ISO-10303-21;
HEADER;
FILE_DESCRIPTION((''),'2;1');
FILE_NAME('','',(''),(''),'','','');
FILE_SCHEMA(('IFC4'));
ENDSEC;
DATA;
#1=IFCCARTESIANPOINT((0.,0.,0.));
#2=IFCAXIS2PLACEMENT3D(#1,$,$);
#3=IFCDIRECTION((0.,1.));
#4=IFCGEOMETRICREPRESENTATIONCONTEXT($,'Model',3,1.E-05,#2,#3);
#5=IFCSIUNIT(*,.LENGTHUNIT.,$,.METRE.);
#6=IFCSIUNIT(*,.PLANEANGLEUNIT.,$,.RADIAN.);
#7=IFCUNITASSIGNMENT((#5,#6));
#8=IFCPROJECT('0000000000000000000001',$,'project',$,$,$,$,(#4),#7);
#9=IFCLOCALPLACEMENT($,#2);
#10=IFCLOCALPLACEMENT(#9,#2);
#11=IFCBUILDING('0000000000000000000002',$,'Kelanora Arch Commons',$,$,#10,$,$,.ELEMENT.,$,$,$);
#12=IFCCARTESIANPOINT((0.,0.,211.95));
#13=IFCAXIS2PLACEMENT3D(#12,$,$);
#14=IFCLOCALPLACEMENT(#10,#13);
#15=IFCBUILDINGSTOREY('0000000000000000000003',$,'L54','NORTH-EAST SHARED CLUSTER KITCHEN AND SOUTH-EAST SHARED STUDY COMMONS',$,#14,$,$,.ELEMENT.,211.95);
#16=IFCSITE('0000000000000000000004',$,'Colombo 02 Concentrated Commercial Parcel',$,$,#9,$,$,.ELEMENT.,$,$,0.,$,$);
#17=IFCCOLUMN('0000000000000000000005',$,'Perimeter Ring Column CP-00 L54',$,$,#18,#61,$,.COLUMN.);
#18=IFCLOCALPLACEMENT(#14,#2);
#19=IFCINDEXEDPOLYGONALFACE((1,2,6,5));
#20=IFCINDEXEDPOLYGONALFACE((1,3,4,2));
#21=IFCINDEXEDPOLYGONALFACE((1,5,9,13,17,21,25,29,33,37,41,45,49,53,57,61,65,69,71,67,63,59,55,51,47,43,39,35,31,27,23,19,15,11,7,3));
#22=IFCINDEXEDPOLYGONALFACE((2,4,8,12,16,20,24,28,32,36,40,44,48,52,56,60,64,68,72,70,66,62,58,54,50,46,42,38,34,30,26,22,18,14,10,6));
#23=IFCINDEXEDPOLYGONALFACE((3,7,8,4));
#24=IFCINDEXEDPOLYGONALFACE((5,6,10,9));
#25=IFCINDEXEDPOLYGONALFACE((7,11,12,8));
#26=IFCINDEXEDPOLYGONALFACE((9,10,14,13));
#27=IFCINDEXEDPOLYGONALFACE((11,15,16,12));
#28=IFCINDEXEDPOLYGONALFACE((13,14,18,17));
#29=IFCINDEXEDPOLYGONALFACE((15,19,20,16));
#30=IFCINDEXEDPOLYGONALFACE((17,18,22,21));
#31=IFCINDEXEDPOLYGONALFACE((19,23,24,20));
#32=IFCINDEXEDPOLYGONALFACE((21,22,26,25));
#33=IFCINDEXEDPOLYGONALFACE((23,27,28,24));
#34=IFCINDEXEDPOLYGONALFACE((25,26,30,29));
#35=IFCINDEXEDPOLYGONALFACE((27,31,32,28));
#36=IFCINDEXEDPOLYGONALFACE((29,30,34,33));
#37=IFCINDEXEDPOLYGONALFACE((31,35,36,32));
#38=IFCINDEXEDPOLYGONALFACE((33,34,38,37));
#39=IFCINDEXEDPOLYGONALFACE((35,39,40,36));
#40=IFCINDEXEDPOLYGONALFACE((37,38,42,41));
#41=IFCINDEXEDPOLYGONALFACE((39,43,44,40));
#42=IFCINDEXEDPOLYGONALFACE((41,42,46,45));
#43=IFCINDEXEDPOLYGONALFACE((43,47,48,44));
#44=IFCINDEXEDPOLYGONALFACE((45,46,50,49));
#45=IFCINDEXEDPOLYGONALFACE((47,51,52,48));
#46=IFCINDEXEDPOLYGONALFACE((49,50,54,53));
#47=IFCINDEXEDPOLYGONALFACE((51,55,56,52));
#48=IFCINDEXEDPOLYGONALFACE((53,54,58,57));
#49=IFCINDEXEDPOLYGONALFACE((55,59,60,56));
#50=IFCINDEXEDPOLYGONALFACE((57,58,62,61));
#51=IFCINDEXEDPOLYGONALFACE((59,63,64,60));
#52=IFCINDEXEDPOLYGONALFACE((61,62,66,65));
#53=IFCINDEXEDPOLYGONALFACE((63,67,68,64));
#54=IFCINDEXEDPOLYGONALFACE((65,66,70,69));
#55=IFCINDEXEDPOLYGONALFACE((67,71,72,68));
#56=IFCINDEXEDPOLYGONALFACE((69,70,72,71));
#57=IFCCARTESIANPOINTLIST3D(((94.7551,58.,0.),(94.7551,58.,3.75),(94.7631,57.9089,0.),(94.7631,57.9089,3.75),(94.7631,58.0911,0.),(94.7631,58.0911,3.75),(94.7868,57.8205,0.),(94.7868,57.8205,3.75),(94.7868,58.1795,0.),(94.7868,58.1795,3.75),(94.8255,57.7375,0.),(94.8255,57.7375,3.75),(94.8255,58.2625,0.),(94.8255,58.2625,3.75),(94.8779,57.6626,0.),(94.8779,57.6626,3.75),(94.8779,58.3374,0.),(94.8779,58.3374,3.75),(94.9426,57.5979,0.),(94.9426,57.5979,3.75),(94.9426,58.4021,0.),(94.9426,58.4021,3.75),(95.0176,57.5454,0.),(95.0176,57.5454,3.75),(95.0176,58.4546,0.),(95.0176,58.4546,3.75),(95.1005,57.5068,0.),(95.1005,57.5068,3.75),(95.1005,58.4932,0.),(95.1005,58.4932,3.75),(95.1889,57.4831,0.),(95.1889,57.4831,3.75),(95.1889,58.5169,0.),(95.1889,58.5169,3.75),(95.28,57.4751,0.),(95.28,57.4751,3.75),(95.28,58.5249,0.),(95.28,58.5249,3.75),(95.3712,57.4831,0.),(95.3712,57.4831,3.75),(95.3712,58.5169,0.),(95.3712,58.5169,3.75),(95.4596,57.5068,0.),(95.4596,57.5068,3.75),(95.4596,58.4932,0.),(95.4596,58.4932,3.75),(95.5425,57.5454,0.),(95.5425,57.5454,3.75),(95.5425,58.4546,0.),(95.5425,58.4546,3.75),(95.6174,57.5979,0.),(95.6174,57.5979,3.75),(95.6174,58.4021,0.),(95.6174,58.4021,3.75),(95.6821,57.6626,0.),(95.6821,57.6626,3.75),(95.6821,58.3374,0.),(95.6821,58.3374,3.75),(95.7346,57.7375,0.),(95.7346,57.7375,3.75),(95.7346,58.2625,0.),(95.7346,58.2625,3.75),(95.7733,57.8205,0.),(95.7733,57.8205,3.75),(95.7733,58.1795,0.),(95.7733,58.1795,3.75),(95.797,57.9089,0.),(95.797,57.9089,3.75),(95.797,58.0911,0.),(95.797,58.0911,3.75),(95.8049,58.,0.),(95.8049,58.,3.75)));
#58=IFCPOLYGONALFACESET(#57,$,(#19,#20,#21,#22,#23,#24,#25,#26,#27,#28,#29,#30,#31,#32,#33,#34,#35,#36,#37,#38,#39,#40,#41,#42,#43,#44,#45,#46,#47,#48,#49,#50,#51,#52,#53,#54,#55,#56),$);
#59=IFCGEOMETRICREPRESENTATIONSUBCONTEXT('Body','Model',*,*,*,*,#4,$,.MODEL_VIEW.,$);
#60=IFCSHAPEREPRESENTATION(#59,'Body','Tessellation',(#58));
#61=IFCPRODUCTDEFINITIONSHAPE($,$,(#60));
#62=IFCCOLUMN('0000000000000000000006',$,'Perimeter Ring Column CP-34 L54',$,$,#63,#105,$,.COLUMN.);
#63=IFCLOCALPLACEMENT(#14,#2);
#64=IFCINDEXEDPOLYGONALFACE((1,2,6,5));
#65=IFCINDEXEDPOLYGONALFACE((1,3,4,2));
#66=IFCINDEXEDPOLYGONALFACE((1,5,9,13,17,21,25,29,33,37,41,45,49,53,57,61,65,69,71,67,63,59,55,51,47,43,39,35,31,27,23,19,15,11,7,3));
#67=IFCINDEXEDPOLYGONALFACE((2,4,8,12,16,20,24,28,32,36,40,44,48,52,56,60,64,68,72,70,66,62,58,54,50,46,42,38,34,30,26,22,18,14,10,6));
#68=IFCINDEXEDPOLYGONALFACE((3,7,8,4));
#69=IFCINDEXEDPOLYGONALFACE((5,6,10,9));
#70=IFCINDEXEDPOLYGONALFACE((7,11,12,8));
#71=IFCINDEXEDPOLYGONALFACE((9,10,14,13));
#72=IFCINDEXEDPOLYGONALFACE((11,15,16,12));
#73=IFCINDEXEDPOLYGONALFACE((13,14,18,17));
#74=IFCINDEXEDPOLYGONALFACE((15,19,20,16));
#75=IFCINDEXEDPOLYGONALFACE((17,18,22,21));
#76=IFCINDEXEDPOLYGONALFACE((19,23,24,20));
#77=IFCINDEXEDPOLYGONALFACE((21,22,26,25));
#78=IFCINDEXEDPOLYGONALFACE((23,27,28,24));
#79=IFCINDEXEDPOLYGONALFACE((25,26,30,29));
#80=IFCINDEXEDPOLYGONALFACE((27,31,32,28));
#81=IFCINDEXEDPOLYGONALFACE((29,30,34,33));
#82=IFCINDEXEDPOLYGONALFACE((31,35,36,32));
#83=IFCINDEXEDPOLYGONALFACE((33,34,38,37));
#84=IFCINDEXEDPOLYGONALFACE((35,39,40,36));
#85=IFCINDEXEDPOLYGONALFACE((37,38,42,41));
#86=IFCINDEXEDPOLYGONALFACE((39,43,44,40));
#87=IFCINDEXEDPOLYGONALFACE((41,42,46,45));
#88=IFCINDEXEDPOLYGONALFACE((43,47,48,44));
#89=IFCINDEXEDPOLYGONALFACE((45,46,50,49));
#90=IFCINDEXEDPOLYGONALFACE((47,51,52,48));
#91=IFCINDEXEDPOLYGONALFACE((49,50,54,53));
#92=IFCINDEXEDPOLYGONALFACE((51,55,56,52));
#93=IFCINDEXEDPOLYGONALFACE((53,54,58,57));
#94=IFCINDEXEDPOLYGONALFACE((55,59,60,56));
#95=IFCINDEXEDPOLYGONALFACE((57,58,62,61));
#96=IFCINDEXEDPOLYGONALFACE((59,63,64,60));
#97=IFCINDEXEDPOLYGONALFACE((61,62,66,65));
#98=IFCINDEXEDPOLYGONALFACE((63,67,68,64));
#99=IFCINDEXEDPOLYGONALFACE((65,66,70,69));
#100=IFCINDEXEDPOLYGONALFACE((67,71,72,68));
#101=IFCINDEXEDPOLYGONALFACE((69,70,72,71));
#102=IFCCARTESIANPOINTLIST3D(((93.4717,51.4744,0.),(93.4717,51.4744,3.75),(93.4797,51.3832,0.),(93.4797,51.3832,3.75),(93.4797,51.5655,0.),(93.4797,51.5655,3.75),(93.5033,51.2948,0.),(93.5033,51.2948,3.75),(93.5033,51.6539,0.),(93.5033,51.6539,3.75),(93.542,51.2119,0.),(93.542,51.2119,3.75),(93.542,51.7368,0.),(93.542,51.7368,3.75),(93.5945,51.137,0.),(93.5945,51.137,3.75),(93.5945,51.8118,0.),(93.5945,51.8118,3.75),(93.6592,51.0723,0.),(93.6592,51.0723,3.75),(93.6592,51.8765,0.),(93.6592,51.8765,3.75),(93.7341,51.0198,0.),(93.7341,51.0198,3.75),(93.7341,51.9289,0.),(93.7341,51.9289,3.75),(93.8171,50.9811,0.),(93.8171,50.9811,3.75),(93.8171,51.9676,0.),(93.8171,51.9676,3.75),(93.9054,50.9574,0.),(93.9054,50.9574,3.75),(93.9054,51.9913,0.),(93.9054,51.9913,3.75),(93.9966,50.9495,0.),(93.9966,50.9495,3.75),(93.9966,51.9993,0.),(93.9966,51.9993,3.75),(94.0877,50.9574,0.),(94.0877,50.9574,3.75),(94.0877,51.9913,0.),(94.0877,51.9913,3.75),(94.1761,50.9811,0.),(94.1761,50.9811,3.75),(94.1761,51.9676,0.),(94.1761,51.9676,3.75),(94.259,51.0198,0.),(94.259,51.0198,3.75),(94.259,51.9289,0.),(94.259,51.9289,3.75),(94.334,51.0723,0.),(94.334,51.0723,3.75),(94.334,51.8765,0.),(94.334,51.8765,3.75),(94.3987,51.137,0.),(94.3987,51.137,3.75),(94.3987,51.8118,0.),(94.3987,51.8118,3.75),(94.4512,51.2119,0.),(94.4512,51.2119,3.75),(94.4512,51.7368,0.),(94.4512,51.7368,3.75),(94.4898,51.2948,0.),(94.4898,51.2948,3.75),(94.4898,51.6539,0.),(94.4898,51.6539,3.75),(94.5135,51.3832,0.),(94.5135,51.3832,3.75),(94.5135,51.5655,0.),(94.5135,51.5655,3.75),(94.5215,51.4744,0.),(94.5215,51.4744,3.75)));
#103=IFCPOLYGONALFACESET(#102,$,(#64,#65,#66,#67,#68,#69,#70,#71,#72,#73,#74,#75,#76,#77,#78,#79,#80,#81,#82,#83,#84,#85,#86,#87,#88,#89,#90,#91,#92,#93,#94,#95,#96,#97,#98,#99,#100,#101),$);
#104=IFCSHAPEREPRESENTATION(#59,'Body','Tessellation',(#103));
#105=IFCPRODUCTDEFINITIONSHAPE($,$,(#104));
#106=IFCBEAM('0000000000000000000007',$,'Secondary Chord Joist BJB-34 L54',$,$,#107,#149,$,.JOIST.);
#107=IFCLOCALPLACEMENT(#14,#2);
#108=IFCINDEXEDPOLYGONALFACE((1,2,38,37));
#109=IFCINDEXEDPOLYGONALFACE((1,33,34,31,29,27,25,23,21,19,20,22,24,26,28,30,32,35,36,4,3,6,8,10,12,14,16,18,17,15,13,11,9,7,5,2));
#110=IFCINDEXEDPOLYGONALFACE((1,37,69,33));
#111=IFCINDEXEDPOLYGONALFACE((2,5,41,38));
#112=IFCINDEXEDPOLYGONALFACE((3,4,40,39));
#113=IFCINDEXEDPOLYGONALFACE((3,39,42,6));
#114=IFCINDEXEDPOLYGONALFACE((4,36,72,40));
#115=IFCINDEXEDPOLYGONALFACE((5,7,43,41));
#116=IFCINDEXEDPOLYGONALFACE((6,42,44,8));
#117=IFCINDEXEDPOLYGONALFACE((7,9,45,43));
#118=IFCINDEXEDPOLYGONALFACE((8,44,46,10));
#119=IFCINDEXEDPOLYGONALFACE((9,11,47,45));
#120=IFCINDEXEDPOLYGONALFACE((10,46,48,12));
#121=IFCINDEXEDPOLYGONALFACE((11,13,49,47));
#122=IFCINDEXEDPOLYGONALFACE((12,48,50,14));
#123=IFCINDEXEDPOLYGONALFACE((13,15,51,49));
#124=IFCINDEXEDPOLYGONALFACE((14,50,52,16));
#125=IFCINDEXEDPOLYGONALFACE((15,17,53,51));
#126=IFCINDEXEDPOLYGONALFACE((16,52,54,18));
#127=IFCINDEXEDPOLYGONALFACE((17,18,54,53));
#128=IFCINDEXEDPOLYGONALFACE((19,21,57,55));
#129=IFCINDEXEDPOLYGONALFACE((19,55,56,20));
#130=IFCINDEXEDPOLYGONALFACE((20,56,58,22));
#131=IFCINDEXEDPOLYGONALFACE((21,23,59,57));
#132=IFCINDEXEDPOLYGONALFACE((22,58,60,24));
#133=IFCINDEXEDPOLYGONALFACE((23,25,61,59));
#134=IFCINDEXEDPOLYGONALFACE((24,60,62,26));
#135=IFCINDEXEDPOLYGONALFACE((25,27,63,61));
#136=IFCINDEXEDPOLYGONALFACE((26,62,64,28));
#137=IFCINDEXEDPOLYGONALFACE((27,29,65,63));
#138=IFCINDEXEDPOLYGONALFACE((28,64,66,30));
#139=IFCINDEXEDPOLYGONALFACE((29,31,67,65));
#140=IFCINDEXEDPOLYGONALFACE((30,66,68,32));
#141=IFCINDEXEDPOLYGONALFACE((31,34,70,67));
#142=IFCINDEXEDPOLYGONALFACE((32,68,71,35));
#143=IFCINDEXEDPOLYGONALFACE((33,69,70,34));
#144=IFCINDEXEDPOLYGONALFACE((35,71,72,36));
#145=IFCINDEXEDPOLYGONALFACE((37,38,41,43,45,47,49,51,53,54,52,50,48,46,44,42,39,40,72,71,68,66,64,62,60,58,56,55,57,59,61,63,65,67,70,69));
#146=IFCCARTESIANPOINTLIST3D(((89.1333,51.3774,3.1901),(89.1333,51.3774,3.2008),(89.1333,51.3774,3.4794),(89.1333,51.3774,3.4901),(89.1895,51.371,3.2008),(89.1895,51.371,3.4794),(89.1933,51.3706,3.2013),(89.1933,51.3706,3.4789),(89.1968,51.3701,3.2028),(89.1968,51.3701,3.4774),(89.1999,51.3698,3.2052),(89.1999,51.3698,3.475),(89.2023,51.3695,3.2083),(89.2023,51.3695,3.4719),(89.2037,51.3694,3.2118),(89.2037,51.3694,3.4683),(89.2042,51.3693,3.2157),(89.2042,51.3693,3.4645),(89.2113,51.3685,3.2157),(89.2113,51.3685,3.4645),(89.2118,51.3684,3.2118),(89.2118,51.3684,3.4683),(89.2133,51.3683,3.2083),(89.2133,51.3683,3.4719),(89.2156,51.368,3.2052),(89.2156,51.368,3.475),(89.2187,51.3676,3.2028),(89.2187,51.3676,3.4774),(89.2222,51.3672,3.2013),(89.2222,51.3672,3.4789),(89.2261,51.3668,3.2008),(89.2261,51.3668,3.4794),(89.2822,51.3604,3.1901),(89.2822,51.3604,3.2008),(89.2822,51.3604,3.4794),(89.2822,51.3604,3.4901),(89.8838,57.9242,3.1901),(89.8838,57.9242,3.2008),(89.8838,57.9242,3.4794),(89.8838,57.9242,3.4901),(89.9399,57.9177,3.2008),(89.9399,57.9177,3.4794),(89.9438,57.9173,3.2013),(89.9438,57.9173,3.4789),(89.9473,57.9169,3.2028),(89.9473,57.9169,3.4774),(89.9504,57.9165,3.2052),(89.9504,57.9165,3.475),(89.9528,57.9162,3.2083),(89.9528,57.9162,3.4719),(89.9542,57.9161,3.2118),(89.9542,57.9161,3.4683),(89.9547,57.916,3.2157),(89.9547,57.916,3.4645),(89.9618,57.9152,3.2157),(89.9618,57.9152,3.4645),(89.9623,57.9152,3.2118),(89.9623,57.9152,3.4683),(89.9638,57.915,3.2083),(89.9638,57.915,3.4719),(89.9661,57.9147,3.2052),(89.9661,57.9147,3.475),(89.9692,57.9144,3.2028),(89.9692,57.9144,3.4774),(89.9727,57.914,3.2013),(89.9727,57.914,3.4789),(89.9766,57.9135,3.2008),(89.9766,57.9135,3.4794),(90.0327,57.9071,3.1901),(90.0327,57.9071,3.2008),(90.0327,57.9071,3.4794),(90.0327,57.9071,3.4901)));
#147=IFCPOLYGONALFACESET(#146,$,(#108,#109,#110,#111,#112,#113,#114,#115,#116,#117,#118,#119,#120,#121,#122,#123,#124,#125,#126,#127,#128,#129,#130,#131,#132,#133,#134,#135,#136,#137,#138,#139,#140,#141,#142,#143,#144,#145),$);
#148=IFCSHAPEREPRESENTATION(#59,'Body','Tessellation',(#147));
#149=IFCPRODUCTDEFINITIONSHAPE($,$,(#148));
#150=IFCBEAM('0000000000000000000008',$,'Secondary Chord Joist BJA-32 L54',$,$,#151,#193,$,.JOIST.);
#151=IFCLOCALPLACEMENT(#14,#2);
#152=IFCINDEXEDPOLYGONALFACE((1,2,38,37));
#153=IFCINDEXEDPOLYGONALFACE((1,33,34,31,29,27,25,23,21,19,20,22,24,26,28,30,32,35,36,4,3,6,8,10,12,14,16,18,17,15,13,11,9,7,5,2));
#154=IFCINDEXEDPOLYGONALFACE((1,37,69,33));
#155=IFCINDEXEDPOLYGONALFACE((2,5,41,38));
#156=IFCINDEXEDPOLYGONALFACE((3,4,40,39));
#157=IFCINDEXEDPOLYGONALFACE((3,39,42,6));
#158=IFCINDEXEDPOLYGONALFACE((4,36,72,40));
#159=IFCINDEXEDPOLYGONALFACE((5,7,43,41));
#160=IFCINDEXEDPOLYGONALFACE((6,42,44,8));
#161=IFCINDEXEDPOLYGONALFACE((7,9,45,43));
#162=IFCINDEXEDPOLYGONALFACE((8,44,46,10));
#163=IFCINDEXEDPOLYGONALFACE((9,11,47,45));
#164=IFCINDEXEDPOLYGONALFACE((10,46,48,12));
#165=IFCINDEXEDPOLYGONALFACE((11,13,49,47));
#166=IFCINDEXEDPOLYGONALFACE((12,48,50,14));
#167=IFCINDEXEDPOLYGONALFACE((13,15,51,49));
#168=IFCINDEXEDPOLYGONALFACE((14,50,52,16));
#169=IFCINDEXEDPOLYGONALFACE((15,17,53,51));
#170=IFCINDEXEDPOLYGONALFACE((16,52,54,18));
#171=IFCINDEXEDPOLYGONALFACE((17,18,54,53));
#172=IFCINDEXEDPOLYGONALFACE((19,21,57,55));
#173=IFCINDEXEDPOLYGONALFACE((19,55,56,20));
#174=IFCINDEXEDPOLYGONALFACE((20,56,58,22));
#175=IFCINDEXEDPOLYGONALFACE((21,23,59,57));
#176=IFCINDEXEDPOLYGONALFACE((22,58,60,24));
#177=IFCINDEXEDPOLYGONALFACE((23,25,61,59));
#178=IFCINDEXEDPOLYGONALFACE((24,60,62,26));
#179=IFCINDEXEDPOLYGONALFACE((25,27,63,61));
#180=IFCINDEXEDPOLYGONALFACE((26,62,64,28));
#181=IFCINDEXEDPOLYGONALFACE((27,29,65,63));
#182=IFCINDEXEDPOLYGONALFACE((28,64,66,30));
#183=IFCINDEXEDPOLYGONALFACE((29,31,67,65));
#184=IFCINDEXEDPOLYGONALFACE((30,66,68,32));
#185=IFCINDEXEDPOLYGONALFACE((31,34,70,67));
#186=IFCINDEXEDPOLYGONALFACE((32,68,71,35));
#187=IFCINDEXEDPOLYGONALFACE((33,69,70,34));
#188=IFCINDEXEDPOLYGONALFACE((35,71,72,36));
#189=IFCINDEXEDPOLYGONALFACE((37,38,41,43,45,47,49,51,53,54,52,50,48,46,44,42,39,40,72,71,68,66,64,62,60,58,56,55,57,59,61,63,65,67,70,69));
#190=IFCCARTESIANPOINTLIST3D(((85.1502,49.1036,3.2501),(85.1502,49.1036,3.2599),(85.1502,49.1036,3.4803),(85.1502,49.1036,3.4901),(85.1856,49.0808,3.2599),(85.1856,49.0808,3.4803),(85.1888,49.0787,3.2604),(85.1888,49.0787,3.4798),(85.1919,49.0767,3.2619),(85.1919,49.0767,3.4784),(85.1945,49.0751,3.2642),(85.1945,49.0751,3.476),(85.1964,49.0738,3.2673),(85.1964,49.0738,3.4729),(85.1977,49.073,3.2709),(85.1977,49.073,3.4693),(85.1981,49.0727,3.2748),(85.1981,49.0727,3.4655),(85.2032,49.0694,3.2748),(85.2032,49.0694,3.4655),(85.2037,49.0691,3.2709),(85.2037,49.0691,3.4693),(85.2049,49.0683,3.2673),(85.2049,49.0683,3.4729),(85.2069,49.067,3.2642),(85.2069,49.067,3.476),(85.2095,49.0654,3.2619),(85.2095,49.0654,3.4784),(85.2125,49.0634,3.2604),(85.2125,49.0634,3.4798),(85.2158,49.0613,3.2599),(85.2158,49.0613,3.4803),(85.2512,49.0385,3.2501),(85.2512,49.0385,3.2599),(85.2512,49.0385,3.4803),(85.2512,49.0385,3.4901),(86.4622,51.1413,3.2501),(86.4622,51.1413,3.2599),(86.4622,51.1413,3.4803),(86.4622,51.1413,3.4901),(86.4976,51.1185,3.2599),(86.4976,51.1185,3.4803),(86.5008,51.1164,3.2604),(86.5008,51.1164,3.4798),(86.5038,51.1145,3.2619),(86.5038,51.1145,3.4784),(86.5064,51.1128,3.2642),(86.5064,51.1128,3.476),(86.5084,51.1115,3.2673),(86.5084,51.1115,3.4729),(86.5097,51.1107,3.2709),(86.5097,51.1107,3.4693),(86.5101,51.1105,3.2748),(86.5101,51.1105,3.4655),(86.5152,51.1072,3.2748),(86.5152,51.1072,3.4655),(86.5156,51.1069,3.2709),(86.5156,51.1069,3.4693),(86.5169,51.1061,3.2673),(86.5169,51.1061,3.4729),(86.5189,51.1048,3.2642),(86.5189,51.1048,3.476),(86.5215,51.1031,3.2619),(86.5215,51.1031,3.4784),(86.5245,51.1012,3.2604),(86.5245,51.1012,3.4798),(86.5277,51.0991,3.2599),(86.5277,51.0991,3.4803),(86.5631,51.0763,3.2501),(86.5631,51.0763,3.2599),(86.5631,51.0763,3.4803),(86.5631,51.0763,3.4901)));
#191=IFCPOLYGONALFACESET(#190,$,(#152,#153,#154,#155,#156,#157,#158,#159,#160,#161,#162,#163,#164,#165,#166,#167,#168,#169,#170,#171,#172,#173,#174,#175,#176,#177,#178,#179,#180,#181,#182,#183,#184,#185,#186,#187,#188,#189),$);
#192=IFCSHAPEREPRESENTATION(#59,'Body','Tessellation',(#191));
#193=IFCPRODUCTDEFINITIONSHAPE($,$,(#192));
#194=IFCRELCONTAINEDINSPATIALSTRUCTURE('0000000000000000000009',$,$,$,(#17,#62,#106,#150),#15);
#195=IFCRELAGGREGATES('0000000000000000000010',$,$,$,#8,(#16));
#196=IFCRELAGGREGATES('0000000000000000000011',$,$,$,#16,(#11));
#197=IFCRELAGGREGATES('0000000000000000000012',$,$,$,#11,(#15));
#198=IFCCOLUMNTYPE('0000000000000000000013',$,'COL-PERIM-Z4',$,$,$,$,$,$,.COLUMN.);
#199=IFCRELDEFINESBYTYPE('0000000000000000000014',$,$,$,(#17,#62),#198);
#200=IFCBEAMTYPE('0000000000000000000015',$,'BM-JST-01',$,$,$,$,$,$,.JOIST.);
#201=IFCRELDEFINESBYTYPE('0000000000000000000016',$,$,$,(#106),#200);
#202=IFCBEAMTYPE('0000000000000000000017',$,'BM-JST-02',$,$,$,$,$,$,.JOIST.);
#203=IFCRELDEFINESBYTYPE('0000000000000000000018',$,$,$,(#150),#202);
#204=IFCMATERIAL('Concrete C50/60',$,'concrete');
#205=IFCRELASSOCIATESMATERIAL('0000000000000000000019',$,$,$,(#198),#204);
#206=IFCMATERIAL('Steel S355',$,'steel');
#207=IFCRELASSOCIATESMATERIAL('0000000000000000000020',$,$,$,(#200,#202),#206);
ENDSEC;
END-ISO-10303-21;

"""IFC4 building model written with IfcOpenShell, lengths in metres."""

from ifc_helpers import new_model, si_unit, direction, frame, origin, origin_2d, place, context, subcontext, project, spatial, circle, i_section, extrude, material, material_profile, profile_set, type_object, element, save


model = new_model("IFC4")

# Units and contexts
model_context = context("Model", 3, precision=1e-05, world=origin(), true_north=direction((0.0, 1.0)))
body_context = subcontext(model_context, "Body", "Model", "MODEL_VIEW")
ifc_project = project(units=[si_unit("LENGTHUNIT", "METRE"), si_unit("PLANEANGLEUNIT", "RADIAN")], contexts=[model_context])

# Site, building, storey
site_placement = place(None, origin())
site = spatial("IfcSite", under=ifc_project, at=site_placement, Name="Colombo 02 Concentrated Commercial Parcel", CompositionType="ELEMENT", RefElevation=0.0)
building_placement = place(site_placement, origin())
building = spatial("IfcBuilding", under=site, at=building_placement, Name="Kelanora Arch Commons", CompositionType="ELEMENT")
storey_placement = place(building_placement, frame((0.0, 0.0, 211.95)))
storey = spatial("IfcBuildingStorey", under=building, at=storey_placement, Name="L54", Description="NORTH-EAST SHARED CLUSTER KITCHEN AND SOUTH-EAST SHARED STUDY COMMONS", CompositionType="ELEMENT", Elevation=211.95)

# Columns
ifc_material_1 = material(Name="Concrete C50/60", Category="concrete")
ifc_material_profile_1 = material_profile(ifc_material_1, circle(Radius=0.5249, at=origin_2d()), Name="RCC1050")
ifc_profile_set_1 = profile_set([ifc_material_profile_1], Name="Concrete C50/60")
column_type = type_object("IfcColumnType", Name="COL-PERIM-Z4", PredefinedType="COLUMN", material=ifc_profile_set_1)
for number, where, z_axis, x_axis, name in (
    (1, (95.28, 58.0, 0.0), (0.0, 0.0, 1.0), (1.0, 0.0, 0.0), "Perimeter Ring Column CP-00 L54"),
    (2, (93.9966, 51.4744, 0.0), (0.0, 0.0, 1.0), (1.0, 0.0, 0.0), "Perimeter Ring Column CP-34 L54"),
):
    element("IfcColumn", number, at=place(storey_placement, frame(where, z_axis=z_axis, x_axis=x_axis)), inside=storey, type_object=column_type, Name=name, PredefinedType="COLUMN", context=body_context, shape_type="SweptSolid", body=[
        extrude(circle(Radius=0.5249, at=origin_2d()), origin(), (0.0, 0.0, 1.0), 3.75),
    ])

# Beams
ifc_material_2 = material(Name="Steel S355", Category="steel")
ifc_material_profile_2 = material_profile(ifc_material_2, i_section(OverallWidth=0.1499, OverallDepth=0.3, WebThickness=0.0071, FlangeThickness=0.0107, FilletRadius=0.0149, at=origin_2d()), Name="IPE300")
ifc_profile_set_2 = profile_set([ifc_material_profile_2], Name="Steel S355")
beam_type_1 = type_object("IfcBeamType", Name="BM-JST-01", PredefinedType="JOIST", material=ifc_profile_set_2)
beam_1_placement = place(storey_placement, frame((89.2078, 51.3689, 3.3401), z_axis=(0.113891, 0.993493, 0.0), x_axis=(-0.993493, 0.113891, 0.0)))
element("IfcBeam", 3, at=beam_1_placement, inside=storey, type_object=beam_type_1, Name="Secondary Chord Joist BJB-34 L54", PredefinedType="JOIST", context=body_context, shape_type="SweptSolid", body=[
    extrude(i_section(OverallWidth=0.1499, OverallDepth=0.3, WebThickness=0.0071, FlangeThickness=0.0107, FilletRadius=0.0149, at=origin_2d()), origin(), (0.0, 0.0, 1.0), 6.5896),
])
ifc_material_profile_3 = material_profile(ifc_material_2, i_section(OverallWidth=0.1201, OverallDepth=0.24, WebThickness=0.0061, FlangeThickness=0.0098, FilletRadius=0.0149, at=origin_2d()), Name="IPE240")
ifc_profile_set_3 = profile_set([ifc_material_profile_3], Name="Steel S355")
beam_type_2 = type_object("IfcBeamType", Name="BM-JST-02", PredefinedType="JOIST", material=ifc_profile_set_3)
beam_2_placement = place(storey_placement, frame((85.2007, 49.071, 3.3701), z_axis=(0.541333, 0.840808, 0.0), x_axis=(-0.840808, 0.541333, 0.0)))
element("IfcBeam", 4, at=beam_2_placement, inside=storey, type_object=beam_type_2, Name="Secondary Chord Joist BJA-32 L54", PredefinedType="JOIST", context=body_context, shape_type="SweptSolid", body=[
    extrude(i_section(OverallWidth=0.1201, OverallDepth=0.24, WebThickness=0.0061, FlangeThickness=0.0098, FilletRadius=0.0149, at=origin_2d()), origin(), (0.0, 0.0, 1.0), 2.4236),
])

save(model, "model.ifc")
